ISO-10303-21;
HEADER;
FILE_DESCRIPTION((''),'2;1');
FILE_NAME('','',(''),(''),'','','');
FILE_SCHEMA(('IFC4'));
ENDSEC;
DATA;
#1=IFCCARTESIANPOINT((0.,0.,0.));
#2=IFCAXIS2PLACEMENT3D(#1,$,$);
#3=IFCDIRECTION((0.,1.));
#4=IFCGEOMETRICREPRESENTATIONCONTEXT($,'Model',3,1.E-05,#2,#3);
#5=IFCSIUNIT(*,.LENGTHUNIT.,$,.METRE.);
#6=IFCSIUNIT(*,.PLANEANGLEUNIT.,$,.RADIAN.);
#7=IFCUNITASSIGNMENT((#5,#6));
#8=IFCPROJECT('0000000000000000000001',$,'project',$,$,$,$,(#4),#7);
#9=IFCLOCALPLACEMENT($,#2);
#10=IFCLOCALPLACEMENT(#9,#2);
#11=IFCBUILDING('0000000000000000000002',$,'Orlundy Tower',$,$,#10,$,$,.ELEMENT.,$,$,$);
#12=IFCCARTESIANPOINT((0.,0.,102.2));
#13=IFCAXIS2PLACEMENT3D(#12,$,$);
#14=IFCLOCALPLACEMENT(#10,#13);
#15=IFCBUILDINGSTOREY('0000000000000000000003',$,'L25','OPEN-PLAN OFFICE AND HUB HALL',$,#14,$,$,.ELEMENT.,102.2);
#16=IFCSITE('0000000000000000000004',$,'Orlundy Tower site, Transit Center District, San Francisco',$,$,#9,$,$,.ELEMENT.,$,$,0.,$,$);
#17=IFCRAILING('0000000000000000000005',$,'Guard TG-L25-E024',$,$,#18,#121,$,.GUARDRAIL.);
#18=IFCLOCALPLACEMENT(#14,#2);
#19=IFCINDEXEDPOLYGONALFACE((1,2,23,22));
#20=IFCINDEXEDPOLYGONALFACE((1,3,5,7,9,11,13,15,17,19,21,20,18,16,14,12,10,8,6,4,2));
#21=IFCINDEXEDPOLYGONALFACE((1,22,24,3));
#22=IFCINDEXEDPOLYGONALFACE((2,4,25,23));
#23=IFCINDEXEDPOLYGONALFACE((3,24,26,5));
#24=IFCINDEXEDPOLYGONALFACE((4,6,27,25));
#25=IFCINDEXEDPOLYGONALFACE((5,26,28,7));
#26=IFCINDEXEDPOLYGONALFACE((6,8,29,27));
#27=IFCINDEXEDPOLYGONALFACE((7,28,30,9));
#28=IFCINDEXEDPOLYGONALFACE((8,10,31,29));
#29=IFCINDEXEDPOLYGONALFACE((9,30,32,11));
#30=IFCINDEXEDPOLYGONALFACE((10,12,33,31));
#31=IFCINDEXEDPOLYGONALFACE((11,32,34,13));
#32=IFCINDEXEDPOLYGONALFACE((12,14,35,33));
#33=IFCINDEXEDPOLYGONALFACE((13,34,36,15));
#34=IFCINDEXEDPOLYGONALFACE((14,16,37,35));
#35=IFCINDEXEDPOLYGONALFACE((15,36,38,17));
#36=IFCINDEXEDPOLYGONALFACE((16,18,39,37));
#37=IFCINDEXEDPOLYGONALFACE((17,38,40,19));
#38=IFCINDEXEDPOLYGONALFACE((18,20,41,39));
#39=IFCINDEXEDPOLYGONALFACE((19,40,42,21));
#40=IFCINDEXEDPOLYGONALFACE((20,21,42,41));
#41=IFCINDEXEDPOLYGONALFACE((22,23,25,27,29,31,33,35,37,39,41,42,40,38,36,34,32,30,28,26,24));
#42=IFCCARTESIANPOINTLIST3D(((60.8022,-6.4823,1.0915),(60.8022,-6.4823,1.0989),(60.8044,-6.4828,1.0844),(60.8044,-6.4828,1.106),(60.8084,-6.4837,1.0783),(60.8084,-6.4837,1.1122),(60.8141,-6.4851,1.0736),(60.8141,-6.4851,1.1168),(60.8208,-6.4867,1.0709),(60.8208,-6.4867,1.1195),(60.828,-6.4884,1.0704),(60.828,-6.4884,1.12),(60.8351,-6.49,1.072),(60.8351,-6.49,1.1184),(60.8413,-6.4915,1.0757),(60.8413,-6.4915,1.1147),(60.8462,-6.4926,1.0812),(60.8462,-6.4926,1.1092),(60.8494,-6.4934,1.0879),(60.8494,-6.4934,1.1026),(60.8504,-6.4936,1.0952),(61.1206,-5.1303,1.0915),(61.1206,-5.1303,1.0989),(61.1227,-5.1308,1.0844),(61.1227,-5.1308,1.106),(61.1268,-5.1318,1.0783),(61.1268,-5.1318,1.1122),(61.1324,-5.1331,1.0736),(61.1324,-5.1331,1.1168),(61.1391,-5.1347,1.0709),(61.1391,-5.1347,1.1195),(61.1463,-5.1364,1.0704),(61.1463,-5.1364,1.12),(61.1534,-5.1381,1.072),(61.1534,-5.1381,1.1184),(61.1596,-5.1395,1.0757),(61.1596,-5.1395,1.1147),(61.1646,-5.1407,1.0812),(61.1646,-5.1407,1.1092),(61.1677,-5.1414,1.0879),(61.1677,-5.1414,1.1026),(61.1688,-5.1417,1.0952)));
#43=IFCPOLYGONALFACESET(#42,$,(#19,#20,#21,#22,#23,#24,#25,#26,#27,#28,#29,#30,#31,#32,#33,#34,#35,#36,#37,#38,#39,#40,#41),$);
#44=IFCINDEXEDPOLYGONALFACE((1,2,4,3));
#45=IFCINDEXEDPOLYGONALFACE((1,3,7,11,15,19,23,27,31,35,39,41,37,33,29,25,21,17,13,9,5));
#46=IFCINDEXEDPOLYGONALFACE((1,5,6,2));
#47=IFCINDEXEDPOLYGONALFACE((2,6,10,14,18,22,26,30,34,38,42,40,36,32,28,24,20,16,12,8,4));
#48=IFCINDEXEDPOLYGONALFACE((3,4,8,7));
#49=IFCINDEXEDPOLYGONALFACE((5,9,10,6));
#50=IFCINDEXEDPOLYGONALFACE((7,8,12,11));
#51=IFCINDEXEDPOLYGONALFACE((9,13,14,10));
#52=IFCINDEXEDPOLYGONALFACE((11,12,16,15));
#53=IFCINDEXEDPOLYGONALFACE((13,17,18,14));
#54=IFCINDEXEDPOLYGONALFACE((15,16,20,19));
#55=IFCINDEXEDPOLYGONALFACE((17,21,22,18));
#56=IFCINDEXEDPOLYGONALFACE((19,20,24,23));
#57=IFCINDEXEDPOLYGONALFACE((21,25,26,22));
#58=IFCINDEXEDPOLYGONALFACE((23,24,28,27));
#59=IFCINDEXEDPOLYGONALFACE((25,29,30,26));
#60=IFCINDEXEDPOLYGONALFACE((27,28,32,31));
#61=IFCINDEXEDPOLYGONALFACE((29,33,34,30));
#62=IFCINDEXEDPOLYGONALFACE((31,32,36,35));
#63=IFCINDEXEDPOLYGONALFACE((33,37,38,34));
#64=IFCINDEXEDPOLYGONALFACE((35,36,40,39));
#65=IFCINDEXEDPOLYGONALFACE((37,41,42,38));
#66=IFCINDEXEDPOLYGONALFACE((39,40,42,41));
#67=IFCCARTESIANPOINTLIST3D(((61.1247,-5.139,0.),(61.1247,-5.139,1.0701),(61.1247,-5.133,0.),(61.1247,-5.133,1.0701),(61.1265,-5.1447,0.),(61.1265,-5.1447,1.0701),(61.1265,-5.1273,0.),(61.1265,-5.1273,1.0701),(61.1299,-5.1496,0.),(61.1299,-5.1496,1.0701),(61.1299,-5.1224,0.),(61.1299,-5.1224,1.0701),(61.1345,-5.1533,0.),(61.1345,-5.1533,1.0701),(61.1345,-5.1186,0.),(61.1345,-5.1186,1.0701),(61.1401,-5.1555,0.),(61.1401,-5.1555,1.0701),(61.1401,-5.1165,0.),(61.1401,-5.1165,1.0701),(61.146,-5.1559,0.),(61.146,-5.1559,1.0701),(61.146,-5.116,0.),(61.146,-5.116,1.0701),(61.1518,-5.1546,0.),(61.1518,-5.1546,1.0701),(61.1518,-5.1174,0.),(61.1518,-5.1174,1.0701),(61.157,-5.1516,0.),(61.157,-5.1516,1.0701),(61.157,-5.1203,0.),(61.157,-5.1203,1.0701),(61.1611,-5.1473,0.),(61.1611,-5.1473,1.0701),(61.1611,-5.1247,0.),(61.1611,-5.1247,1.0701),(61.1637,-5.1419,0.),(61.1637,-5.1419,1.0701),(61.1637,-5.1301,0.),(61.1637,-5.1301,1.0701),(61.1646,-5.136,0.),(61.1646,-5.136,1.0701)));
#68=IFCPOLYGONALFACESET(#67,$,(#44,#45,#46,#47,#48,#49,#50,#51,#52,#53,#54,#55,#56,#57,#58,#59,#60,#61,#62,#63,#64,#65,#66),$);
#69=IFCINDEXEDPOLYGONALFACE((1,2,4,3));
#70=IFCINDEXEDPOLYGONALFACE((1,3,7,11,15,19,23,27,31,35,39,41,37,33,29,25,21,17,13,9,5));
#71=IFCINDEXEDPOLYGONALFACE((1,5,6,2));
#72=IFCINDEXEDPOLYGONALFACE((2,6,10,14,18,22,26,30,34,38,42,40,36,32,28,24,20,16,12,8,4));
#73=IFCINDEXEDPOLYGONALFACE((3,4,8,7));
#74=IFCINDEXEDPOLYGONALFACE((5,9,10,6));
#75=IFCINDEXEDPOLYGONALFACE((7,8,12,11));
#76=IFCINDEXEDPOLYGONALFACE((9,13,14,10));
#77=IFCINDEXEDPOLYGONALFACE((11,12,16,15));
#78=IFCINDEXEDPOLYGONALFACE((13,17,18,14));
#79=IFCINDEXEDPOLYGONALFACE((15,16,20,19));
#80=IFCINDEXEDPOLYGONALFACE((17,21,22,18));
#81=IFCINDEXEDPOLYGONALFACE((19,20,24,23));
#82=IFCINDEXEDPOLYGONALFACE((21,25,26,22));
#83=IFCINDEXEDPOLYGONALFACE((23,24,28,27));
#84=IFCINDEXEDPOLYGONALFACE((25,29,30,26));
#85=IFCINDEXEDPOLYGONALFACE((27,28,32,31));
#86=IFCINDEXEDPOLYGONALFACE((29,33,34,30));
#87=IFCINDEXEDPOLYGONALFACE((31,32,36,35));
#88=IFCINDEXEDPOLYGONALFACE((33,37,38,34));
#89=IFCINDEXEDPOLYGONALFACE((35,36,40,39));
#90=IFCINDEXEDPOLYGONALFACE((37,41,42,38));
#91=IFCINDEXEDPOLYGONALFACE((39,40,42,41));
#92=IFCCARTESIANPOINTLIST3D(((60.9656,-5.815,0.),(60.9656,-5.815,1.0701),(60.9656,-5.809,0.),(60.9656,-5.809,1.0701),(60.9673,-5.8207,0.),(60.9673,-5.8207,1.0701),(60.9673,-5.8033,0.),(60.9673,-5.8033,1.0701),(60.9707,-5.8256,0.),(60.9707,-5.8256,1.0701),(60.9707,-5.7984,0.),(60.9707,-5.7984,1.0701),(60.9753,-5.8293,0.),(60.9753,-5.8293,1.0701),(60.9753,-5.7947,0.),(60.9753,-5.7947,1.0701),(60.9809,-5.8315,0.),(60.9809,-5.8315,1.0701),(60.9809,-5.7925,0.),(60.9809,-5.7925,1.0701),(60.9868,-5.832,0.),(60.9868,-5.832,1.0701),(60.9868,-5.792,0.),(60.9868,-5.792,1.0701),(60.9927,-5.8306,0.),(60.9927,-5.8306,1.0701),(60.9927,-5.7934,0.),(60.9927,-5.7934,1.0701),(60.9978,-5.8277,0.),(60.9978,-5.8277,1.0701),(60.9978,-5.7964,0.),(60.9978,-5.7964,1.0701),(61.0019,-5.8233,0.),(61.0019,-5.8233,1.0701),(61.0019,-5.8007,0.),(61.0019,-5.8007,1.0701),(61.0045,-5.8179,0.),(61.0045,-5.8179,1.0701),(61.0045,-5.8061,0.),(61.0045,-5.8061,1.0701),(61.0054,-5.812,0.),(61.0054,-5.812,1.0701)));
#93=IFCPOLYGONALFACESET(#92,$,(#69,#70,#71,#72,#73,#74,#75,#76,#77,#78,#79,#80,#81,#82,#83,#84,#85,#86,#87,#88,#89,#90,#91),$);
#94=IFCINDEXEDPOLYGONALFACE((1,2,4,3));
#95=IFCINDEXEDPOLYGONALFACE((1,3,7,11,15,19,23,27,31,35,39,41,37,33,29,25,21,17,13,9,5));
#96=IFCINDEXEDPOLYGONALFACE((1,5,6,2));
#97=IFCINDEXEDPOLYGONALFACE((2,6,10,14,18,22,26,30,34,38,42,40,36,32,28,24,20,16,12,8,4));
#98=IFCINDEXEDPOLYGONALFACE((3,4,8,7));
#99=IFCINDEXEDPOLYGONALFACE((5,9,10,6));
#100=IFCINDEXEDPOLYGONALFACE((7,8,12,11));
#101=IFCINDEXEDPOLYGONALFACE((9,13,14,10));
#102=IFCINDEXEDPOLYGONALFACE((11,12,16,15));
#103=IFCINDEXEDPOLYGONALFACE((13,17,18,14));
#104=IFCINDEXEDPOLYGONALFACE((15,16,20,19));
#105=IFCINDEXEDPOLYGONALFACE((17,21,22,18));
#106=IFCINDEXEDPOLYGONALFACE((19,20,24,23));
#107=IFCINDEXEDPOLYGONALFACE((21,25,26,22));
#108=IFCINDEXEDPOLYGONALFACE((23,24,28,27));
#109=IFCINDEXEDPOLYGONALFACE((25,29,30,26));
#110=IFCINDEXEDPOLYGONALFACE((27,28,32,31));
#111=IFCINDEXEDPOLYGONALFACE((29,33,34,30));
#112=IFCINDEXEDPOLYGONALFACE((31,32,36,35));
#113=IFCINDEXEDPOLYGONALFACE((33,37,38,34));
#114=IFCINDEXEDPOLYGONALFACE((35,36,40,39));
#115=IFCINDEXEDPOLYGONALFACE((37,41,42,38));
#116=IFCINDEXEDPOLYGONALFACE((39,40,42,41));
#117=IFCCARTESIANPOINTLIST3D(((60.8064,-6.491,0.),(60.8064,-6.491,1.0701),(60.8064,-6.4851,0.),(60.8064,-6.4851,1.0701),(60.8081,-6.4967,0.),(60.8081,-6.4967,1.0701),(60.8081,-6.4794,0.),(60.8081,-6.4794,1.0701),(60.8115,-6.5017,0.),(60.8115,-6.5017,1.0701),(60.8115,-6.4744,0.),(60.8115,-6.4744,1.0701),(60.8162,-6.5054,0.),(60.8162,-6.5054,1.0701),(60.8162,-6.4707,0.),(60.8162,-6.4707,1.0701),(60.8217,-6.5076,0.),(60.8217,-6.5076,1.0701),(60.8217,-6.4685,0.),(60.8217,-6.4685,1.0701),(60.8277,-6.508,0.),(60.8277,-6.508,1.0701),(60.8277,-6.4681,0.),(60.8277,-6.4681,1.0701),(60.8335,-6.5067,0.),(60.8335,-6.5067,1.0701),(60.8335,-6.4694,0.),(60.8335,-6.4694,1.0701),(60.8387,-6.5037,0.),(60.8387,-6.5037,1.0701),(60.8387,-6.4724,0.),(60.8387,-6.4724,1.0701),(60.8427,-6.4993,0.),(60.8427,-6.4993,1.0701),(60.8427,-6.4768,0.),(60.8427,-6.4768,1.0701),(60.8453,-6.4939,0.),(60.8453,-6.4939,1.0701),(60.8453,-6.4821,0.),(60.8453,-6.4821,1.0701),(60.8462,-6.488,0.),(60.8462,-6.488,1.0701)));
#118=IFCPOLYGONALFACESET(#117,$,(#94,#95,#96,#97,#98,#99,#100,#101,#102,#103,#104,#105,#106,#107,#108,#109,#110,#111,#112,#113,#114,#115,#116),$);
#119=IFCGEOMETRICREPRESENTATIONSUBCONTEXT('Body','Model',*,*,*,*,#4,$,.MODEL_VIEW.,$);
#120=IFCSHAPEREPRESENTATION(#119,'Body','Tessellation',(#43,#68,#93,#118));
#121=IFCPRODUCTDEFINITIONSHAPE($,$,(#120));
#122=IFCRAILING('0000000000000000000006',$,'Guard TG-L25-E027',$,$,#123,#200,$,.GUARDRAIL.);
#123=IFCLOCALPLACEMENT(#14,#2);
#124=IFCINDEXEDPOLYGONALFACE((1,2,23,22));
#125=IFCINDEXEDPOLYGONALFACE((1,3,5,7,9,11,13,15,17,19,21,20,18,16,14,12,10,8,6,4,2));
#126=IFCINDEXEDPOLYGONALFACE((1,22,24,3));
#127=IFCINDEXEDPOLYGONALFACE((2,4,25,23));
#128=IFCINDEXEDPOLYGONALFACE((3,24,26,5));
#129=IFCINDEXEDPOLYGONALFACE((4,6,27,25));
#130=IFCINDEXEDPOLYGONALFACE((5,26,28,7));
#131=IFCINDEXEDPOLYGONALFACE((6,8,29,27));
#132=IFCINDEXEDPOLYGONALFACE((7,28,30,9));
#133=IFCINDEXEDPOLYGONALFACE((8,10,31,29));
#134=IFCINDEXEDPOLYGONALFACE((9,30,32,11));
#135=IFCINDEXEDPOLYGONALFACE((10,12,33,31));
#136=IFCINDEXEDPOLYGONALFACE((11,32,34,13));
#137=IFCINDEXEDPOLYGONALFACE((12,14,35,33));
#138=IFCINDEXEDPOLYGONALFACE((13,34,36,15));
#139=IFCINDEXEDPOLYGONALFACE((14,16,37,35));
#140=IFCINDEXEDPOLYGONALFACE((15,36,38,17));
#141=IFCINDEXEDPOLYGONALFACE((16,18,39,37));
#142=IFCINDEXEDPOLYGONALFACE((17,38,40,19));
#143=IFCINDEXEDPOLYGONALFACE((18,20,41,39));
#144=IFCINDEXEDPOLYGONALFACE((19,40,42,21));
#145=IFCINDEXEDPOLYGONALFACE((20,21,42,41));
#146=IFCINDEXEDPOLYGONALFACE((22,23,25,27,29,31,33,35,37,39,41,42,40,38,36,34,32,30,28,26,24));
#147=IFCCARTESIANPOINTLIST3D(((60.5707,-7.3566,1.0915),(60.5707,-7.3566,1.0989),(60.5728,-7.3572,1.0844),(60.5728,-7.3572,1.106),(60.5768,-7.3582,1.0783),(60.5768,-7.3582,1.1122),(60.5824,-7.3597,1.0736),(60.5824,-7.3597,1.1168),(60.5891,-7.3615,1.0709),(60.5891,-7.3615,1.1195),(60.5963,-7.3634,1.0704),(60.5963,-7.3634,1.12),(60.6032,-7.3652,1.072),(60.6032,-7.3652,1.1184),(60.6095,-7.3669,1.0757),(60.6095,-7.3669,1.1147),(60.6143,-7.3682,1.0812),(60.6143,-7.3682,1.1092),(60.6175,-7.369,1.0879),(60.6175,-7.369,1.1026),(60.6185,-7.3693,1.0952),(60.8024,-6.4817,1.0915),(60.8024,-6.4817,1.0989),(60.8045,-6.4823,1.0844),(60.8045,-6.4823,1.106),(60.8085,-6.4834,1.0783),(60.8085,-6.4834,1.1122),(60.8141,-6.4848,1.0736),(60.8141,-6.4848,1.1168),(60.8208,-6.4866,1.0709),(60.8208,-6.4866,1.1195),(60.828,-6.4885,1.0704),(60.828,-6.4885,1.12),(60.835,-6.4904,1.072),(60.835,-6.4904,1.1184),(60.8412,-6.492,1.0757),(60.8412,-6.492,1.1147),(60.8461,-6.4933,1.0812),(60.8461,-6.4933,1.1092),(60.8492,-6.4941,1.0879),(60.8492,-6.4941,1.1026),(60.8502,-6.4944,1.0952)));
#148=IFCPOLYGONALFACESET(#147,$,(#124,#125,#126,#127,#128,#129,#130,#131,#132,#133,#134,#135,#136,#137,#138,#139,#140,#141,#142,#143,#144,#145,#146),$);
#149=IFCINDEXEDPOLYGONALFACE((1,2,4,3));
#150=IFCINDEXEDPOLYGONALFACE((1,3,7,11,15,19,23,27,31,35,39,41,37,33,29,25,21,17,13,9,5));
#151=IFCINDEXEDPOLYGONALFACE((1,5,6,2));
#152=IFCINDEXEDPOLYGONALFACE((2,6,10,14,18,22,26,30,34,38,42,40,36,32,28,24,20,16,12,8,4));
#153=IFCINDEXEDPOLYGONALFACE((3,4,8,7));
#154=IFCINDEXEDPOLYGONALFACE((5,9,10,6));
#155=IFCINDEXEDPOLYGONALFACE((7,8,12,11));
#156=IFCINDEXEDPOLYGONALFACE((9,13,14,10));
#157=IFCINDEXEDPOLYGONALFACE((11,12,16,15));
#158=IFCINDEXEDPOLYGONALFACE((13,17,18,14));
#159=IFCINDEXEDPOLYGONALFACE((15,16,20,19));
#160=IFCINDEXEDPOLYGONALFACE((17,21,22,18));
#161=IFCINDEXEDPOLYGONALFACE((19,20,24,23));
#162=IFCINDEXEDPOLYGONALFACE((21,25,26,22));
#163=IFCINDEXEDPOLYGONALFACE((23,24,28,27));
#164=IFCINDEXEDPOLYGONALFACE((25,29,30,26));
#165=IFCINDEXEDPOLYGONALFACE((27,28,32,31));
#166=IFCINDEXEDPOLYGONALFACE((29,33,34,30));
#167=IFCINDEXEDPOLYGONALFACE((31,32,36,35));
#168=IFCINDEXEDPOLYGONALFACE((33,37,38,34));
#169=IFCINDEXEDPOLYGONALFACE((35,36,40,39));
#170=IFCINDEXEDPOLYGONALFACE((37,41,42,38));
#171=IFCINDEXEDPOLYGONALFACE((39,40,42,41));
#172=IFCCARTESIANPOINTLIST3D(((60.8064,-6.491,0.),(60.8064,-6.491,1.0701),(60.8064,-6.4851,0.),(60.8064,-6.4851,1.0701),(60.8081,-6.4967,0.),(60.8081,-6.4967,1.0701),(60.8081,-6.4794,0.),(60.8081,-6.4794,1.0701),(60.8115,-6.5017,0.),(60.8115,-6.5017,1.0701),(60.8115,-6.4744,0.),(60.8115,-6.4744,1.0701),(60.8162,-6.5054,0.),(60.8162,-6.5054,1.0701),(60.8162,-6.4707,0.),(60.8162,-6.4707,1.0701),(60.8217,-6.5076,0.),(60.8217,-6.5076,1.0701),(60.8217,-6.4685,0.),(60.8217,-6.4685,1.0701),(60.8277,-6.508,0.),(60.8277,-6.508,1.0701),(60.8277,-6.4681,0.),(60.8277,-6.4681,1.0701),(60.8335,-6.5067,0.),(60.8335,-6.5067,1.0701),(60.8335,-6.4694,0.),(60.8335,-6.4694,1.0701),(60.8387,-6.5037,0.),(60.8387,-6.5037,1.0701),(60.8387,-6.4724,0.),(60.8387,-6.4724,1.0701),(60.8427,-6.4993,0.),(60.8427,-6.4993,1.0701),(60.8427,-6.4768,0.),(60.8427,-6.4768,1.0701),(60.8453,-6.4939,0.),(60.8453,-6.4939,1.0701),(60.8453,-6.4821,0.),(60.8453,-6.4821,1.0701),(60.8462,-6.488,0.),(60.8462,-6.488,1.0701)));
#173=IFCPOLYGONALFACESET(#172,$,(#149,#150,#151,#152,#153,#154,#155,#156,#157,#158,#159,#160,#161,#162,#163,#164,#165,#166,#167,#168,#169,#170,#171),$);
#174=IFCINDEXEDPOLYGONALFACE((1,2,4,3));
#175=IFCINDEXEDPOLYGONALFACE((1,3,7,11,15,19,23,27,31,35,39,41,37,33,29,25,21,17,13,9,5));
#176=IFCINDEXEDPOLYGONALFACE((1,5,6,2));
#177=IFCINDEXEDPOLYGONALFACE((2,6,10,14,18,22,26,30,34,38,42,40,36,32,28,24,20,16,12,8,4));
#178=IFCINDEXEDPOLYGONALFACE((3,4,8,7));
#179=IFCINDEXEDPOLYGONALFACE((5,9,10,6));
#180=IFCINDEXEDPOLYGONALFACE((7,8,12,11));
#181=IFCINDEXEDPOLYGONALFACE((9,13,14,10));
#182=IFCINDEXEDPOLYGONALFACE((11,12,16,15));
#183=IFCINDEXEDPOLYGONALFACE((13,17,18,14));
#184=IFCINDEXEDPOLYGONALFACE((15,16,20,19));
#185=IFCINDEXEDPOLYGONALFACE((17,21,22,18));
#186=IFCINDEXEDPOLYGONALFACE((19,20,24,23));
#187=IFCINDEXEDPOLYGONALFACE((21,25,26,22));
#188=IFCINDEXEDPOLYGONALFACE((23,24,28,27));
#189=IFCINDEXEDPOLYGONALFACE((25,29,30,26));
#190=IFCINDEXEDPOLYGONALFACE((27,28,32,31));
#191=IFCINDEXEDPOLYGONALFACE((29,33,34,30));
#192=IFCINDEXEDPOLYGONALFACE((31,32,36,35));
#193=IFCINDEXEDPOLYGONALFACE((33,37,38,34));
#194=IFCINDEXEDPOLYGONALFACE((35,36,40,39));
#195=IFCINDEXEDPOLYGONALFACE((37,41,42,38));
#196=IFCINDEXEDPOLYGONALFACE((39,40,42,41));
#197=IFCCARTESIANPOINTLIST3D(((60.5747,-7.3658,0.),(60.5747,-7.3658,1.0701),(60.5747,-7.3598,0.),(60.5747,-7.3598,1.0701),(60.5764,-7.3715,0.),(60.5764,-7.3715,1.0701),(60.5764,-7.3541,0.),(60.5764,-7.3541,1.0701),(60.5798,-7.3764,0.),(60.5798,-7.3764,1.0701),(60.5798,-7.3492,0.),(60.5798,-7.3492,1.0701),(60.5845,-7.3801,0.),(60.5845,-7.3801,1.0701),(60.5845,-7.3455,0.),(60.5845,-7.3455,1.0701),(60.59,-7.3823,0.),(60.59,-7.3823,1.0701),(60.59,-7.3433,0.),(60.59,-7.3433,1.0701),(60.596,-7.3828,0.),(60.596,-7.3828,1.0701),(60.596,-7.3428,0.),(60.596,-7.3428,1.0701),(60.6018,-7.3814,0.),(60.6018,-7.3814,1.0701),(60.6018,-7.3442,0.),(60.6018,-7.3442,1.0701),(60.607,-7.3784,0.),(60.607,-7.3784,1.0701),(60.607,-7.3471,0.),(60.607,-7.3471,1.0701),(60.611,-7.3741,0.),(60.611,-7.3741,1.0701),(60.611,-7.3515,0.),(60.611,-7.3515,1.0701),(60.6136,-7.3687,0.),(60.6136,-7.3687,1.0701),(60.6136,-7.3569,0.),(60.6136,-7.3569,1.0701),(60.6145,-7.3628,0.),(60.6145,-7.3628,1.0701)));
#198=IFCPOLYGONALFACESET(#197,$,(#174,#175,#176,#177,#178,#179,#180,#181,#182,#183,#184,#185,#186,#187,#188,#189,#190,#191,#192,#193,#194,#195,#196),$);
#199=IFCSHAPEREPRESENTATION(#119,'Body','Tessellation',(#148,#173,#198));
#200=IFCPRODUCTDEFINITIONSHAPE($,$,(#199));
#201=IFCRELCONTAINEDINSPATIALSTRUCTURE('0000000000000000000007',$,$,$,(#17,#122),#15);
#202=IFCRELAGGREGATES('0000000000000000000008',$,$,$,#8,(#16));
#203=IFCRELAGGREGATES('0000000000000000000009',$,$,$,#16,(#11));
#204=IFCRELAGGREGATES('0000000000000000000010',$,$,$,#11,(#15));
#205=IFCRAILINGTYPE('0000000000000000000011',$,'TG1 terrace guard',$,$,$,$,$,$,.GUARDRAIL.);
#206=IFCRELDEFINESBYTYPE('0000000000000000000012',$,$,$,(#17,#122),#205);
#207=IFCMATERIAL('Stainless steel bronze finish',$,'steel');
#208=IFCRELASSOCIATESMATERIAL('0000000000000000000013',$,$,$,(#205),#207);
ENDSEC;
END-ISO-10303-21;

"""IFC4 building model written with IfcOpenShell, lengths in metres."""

from ifc_helpers import new_model, si_unit, direction, frame, origin, origin_2d, place, context, subcontext, project, spatial, circle, extrude, material, type_object, element, save


model = new_model("IFC4")

# Units and contexts
model_context = context("Model", 3, precision=1e-05, world=origin(), true_north=direction((0.0, 1.0)))
body_context = subcontext(model_context, "Body", "Model", "MODEL_VIEW")
ifc_project = project(units=[si_unit("LENGTHUNIT", "METRE"), si_unit("PLANEANGLEUNIT", "RADIAN")], contexts=[model_context])

# Site, building, storey
site_placement = place(None, origin())
site = spatial("IfcSite", under=ifc_project, at=site_placement, Name="Orlundy Tower site, Transit Center District, San Francisco", CompositionType="ELEMENT", RefElevation=0.0)
building_placement = place(site_placement, origin())
building = spatial("IfcBuilding", under=site, at=building_placement, Name="Orlundy Tower", CompositionType="ELEMENT")
storey_placement = place(building_placement, frame((0.0, 0.0, 102.2)))
storey = spatial("IfcBuildingStorey", under=building, at=storey_placement, Name="L25", Description="OPEN-PLAN OFFICE AND HUB HALL", CompositionType="ELEMENT", Elevation=102.2)

# Railings
ifc_material_1 = material(Name="Stainless steel bronze finish", Category="steel")
railing_type = type_object("IfcRailingType", Name="TG1 terrace guard", PredefinedType="GUARDRAIL", material=ifc_material_1)
railing_1_placement = place(storey_placement, frame((61.1445, -5.136, 0.0)))
element("IfcRailing", 1, at=railing_1_placement, inside=storey, type_object=railing_type, Name="Guard TG-L25-E024", PredefinedType="GUARDRAIL", context=body_context, shape_type="SweptSolid", body=[
    extrude(circle(Radius=0.0249, at=origin_2d()), frame((0.0, 0.0, 1.0952), z_axis=(-0.229196, -0.97338, 0.0), x_axis=(0.97338, -0.229196, 0.0)), (0.0, 0.0, 1.0), 1.3889),
    extrude(circle(Radius=0.02, at=origin_2d()), origin(), (0.0, 0.0, 1.0), 1.0701),
    extrude(circle(Radius=0.02, at=origin_2d()), frame((-0.1592, -0.676, 0.0)), (0.0, 0.0, 1.0), 1.0701),
    extrude(circle(Radius=0.02, at=origin_2d()), frame((-0.3184, -1.3521, 0.0)), (0.0, 0.0, 1.0), 1.0701),
])
railing_2_placement = place(storey_placement, frame((60.8262, -6.488, 0.0)))
element("IfcRailing", 2, at=railing_2_placement, inside=storey, type_object=railing_type, Name="Guard TG-L25-E027", PredefinedType="GUARDRAIL", context=body_context, shape_type="SweptSolid", body=[
    extrude(circle(Radius=0.0249, at=origin_2d()), frame((0.0, 0.0, 1.0952), z_axis=(-0.256033, -0.966668, 0.0), x_axis=(0.966668, -0.256033, 0.0)), (0.0, 0.0, 1.0), 0.905),
    extrude(circle(Radius=0.02, at=origin_2d()), origin(), (0.0, 0.0, 1.0), 1.0701),
    extrude(circle(Radius=0.02, at=origin_2d()), frame((-0.2317, -0.8748, 0.0)), (0.0, 0.0, 1.0), 1.0701),
])

save(model, "model.ifc")
